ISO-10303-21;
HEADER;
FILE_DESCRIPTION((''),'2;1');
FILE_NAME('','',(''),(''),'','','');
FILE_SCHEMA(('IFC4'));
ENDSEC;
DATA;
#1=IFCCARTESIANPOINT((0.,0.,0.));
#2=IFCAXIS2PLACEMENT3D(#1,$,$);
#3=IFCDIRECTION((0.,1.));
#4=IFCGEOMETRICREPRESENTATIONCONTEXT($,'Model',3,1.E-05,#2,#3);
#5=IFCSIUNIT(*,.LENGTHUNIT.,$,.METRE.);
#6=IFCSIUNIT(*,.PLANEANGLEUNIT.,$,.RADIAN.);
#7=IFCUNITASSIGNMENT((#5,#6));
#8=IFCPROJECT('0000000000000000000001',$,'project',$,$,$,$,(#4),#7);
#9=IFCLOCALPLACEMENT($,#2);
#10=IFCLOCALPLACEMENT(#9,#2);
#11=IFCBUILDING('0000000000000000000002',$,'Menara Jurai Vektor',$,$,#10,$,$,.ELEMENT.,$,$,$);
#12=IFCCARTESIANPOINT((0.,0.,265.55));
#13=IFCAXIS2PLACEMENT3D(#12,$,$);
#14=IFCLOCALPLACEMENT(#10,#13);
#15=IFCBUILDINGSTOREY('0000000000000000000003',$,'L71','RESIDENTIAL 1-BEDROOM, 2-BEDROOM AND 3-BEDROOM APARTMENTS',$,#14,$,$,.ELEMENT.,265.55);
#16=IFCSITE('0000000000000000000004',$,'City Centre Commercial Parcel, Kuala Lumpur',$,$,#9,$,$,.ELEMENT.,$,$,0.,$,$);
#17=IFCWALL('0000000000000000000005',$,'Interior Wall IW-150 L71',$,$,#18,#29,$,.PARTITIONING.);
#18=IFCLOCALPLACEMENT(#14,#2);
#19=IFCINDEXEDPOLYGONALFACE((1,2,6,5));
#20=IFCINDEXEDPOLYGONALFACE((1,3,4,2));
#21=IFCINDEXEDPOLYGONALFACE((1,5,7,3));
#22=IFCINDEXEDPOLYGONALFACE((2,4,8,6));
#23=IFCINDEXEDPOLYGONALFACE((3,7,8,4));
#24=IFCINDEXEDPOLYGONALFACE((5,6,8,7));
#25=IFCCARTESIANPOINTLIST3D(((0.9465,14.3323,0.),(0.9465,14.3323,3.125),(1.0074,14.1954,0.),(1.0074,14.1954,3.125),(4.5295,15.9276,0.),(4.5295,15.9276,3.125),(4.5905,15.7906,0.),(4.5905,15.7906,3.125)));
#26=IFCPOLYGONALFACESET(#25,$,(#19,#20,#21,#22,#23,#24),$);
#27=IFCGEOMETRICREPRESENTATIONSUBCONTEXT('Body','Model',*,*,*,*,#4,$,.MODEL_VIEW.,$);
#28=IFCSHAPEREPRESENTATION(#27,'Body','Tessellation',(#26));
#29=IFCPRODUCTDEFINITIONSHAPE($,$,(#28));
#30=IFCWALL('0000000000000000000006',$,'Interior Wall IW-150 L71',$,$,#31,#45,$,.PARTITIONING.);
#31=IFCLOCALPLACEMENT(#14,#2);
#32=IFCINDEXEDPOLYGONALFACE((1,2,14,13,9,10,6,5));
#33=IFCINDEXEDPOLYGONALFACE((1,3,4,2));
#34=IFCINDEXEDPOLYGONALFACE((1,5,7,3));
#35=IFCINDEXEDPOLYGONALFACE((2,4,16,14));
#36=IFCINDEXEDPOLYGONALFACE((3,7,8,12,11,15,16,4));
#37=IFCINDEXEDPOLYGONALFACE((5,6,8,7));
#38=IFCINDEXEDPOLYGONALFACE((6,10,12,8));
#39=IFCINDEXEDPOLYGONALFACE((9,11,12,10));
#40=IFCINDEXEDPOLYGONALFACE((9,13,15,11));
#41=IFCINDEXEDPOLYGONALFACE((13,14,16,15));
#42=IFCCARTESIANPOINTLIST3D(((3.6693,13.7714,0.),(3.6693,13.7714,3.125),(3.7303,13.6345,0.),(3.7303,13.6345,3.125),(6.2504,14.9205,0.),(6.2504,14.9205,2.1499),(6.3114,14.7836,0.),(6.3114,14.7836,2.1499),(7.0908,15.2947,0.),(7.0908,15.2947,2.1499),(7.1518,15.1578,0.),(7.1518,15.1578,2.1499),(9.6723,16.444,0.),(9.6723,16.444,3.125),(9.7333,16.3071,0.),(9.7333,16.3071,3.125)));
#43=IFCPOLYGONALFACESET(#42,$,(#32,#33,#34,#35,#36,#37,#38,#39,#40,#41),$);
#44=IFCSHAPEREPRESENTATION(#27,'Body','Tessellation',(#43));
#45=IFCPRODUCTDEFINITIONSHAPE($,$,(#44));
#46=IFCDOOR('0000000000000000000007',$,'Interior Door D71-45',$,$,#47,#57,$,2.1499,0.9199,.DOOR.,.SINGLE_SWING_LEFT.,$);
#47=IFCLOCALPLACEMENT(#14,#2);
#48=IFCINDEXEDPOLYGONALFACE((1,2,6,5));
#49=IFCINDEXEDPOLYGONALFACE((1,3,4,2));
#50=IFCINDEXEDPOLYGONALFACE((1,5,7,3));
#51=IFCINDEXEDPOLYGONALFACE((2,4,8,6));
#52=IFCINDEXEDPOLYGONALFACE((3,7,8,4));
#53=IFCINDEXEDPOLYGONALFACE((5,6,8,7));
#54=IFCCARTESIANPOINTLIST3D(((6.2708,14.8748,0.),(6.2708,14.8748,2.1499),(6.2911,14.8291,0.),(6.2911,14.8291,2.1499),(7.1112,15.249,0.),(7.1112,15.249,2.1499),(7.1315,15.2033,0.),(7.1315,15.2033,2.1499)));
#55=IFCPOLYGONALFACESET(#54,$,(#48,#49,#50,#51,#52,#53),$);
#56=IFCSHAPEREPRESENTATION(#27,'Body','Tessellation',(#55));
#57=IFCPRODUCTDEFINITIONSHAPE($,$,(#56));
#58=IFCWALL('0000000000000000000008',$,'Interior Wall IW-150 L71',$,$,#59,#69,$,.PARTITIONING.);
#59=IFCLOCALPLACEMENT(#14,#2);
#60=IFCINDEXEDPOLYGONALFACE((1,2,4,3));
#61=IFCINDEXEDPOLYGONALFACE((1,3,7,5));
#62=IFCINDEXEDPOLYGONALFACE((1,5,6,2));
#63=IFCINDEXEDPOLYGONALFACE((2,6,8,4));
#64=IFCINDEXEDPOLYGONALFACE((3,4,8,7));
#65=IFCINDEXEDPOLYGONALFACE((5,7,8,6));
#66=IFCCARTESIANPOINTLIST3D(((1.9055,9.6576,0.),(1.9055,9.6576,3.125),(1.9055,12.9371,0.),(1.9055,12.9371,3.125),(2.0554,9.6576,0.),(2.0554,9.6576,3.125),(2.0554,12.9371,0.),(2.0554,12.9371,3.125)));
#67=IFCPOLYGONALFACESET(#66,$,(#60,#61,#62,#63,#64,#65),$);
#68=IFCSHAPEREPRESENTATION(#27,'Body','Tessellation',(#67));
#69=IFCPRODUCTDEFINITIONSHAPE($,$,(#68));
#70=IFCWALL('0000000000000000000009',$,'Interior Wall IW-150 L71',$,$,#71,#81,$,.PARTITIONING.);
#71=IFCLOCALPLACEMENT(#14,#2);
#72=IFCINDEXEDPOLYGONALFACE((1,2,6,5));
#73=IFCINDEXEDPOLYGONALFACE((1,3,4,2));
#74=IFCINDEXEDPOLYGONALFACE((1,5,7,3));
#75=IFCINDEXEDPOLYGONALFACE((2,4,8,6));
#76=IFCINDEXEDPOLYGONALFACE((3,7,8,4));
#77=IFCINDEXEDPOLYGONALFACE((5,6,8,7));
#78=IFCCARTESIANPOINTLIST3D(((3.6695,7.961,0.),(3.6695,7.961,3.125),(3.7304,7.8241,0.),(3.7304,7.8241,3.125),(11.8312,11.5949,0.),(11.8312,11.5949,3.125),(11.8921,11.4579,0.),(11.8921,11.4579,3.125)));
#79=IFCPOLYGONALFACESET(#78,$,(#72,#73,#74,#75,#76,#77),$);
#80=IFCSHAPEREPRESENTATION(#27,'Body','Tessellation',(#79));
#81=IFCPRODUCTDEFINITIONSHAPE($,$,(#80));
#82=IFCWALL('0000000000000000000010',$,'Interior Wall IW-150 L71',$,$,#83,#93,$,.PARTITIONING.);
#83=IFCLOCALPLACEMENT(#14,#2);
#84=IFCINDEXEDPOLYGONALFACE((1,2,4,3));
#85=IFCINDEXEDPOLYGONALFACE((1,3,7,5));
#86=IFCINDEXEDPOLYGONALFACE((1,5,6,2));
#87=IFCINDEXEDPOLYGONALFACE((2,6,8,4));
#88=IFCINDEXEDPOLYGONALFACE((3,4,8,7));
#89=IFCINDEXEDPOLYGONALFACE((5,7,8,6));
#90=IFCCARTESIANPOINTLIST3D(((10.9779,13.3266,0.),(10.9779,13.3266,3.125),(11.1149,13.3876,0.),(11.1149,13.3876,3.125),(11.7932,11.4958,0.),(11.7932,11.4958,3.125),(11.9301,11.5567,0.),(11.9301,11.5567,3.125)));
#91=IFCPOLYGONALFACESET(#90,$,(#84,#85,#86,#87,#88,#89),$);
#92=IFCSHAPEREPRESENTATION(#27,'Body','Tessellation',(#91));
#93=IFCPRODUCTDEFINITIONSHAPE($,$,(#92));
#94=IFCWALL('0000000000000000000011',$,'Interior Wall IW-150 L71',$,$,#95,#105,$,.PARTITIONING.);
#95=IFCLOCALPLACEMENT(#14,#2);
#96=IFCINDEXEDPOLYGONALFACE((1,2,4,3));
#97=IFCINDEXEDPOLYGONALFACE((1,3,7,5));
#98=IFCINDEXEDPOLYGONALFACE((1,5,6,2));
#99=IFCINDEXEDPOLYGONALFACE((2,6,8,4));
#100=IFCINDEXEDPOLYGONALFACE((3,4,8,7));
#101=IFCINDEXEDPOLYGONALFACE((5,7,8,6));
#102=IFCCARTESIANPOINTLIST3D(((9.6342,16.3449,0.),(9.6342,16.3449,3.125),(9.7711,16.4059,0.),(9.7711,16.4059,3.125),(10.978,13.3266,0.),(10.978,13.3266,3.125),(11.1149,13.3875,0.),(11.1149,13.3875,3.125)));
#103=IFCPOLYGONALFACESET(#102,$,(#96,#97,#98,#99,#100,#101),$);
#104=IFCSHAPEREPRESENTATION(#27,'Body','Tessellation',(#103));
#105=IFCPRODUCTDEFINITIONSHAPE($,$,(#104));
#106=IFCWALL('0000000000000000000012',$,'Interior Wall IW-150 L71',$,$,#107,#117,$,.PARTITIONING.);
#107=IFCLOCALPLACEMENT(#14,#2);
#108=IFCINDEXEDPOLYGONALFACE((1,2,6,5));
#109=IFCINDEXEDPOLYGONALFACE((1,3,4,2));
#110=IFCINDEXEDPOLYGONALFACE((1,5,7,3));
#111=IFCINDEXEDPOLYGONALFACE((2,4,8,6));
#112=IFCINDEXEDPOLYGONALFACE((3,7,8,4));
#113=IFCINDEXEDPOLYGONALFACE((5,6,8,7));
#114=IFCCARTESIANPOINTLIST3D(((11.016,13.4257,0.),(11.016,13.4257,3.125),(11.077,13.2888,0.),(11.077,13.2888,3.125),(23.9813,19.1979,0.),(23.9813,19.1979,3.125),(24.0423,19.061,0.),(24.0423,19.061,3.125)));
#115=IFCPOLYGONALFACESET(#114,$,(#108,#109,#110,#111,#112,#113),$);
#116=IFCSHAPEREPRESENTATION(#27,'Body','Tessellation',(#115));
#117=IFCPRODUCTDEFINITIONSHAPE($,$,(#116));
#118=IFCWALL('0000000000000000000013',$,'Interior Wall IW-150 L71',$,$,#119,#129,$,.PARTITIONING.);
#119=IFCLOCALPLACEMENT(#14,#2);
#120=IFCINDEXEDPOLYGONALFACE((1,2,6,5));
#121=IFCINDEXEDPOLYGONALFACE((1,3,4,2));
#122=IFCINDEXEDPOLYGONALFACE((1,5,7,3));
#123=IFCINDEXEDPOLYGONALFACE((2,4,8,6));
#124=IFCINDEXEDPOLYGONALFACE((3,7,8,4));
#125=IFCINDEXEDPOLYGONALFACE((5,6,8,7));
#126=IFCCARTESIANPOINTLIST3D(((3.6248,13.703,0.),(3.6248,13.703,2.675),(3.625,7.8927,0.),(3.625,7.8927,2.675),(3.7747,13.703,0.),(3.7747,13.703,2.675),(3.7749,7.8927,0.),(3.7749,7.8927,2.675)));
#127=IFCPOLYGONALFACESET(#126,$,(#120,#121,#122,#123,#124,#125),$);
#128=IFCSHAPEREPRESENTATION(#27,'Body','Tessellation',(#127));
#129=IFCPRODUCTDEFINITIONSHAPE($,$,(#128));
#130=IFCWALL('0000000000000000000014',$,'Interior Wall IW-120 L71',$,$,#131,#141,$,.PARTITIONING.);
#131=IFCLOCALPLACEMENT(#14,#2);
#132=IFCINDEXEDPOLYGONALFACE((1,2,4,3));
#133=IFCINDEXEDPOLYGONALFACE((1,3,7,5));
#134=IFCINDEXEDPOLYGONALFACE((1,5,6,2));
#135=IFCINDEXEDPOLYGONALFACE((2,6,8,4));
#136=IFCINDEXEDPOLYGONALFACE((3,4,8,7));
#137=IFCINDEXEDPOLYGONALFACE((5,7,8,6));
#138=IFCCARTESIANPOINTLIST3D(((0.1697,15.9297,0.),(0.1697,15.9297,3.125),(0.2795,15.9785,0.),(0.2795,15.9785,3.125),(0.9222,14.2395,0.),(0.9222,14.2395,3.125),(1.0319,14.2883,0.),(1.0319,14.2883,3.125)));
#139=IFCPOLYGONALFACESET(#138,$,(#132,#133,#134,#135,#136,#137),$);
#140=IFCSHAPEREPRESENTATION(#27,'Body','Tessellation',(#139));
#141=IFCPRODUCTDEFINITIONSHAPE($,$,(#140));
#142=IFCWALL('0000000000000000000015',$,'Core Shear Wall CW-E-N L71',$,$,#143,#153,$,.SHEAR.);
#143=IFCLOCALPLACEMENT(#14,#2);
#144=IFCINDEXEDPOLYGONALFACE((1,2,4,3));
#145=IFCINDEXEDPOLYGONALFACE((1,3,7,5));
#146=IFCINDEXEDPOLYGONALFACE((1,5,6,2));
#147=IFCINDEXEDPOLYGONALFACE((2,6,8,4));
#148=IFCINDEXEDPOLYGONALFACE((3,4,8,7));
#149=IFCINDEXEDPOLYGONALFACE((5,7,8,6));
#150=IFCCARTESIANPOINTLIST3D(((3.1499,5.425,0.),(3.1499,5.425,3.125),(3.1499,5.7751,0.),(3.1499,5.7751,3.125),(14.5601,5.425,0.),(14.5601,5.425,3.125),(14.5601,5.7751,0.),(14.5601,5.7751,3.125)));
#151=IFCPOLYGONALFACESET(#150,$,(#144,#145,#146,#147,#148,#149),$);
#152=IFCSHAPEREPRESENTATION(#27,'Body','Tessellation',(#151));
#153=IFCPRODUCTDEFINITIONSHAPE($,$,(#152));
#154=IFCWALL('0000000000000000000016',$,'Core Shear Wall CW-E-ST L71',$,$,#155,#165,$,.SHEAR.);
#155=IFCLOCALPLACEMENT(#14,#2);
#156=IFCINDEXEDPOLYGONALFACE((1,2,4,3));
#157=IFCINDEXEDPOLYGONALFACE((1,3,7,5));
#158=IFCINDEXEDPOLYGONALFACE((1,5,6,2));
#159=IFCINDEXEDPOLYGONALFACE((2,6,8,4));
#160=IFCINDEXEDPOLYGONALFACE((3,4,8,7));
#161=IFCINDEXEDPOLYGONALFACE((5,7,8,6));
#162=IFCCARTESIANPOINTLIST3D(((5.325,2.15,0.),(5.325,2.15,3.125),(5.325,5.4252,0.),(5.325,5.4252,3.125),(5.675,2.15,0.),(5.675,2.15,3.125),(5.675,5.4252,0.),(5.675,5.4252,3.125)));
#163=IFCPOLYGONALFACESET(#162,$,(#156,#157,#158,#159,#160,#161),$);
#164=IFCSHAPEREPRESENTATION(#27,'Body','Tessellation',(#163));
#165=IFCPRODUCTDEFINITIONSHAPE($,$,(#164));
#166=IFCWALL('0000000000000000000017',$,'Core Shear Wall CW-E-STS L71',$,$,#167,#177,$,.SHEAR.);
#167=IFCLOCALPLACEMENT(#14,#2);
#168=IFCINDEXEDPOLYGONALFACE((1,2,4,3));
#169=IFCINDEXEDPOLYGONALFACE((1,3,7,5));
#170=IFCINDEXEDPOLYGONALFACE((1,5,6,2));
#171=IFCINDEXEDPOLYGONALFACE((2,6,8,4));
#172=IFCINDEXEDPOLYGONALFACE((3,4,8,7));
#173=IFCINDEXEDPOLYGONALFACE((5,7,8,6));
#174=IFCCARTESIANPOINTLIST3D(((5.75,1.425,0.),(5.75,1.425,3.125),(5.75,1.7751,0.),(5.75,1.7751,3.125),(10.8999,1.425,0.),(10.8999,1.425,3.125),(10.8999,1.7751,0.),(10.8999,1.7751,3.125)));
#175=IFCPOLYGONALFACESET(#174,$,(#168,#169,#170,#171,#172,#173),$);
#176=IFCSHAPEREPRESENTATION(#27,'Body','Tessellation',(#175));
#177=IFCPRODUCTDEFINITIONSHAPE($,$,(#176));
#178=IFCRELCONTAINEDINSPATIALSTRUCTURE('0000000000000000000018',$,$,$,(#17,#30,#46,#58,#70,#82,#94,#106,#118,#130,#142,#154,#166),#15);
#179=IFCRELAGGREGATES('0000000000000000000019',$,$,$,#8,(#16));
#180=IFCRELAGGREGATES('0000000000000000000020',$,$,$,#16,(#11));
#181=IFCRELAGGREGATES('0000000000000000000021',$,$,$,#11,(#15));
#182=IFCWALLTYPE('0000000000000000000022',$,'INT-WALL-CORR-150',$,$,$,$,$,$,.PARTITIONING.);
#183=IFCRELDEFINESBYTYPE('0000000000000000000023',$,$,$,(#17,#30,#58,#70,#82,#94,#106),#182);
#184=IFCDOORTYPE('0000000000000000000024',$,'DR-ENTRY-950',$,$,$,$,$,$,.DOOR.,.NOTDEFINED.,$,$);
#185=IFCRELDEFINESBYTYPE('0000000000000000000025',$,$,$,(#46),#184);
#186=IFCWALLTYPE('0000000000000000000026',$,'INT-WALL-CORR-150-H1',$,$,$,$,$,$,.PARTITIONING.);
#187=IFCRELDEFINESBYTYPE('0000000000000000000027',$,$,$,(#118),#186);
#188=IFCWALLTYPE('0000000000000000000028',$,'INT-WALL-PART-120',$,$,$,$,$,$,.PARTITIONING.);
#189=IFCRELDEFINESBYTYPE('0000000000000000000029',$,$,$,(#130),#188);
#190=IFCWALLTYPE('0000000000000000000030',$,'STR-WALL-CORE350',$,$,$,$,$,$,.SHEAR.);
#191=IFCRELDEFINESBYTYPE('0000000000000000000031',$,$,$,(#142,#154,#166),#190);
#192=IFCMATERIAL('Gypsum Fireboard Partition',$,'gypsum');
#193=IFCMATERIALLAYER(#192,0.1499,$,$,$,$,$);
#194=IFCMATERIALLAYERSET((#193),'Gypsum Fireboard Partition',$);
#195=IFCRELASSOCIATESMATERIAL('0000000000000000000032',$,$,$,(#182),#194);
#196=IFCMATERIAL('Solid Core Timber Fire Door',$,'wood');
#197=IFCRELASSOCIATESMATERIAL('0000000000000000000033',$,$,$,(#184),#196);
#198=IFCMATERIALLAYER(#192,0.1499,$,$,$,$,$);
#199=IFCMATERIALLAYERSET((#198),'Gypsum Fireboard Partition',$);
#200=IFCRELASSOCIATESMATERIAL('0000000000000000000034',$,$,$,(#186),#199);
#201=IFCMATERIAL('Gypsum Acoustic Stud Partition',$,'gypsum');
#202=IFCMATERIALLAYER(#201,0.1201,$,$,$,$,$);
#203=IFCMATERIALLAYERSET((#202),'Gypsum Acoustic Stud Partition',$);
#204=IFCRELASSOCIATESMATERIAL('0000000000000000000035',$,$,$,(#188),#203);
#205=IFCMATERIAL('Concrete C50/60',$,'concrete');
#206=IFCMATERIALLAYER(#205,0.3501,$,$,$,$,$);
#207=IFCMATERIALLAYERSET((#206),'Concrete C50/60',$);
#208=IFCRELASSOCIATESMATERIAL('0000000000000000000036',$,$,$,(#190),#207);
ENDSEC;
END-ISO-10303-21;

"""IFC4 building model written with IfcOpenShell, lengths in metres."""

from ifc_helpers import new_model, si_unit, direction, frame, frame_2d, origin, place, context, subcontext, project, spatial, rectangle, extrude, material, layer, layer_set, type_object, element, fill, save


model = new_model("IFC4")

# Units and contexts
model_context = context("Model", 3, precision=1e-05, world=origin(), true_north=direction((0.0, 1.0)))
body_context = subcontext(model_context, "Body", "Model", "MODEL_VIEW")
ifc_project = project(units=[si_unit("LENGTHUNIT", "METRE"), si_unit("PLANEANGLEUNIT", "RADIAN")], contexts=[model_context])

# Site, building, storey
site_placement = place(None, origin())
site = spatial("IfcSite", under=ifc_project, at=site_placement, Name="City Centre Commercial Parcel, Kuala Lumpur", CompositionType="ELEMENT", RefElevation=0.0)
building_placement = place(site_placement, origin())
building = spatial("IfcBuilding", under=site, at=building_placement, Name="Menara Jurai Vektor", CompositionType="ELEMENT")
storey_placement = place(building_placement, frame((0.0, 0.0, 265.55)))
storey = spatial("IfcBuildingStorey", under=building, at=storey_placement, Name="L71", Description="RESIDENTIAL 1-BEDROOM, 2-BEDROOM AND 3-BEDROOM APARTMENTS", CompositionType="ELEMENT", Elevation=265.55)

# Shared definitions
ifc_material_1 = material(Name="Concrete C50/60", Category="concrete")

# Wall
ifc_material_2 = material(Name="Gypsum Fireboard Partition", Category="gypsum")
ifc_layer_1 = layer(ifc_material_2, 0.1499)
ifc_layer_set_1 = layer_set([ifc_layer_1], Name="Gypsum Fireboard Partition")
wall_type_1 = type_object("IfcWallType", Name="INT-WALL-CORR-150", PredefinedType="PARTITIONING", material=ifc_layer_set_1)
wall_1_placement = place(storey_placement, frame((0.9771, 14.2639, 0.0), z_axis=(0.0, 0.0, 1.0), x_axis=(0.91355, 0.406727, 0.0)))
element("IfcWall", 1, at=wall_1_placement, inside=storey, type_object=wall_type_1, Name="Interior Wall IW-150 L71", PredefinedType="PARTITIONING", context=body_context, shape_type="SweptSolid", body=[
    extrude(rectangle(XDim=3.9221, YDim=0.1499, at=frame_2d((1.9609, 0.0))), origin(), (0.0, 0.0, 1.0), 3.125),
])

# Wall, opening, door
ifc_material_3 = material(Name="Solid Core Timber Fire Door", Category="wood")
door_type_1 = type_object("IfcDoorType", Name="DR-ENTRY-950", OperationType="NOTDEFINED", PredefinedType="DOOR", material=ifc_material_3)
wall_2_placement = place(storey_placement, frame((3.6997, 13.7029, 0.0), z_axis=(0.0, 0.0, 1.0), x_axis=(0.913549, 0.406728, 0.0)))
wall_2 = element("IfcWall", 2, at=wall_2_placement, inside=storey, type_object=wall_type_1, Name="Interior Wall IW-150 L71", PredefinedType="PARTITIONING", context=body_context, shape_type="SweptSolid", body=[
    extrude(rectangle(XDim=6.571, YDim=0.1499, at=frame_2d((3.2856, 0.0))), origin(), (0.0, 0.0, 1.0), 3.125),
])
opening_1_placement = place(wall_2_placement, frame((2.8254, 0.0, 0.0)))
opening_1 = element("IfcOpeningElement", 3, at=opening_1_placement, cuts=wall_2, PredefinedType="OPENING", context=body_context, shape_type="SweptSolid", body=[
    extrude(rectangle(XDim=0.9199, YDim=2.1499, at=frame_2d((0.46, 1.075))), frame((0.0, 0.085, 0.0), z_axis=(0.0, -1.0, 0.0), x_axis=(1.0, 0.0, 0.0)), (0.0, 0.0, 1.0), 0.1699),
])
door_1_placement = place(opening_1_placement, origin())
door_1 = element("IfcDoor", 4, at=door_1_placement, inside=storey, type_object=door_type_1, Name="Interior Door D71-45", OperationType="SINGLE_SWING_LEFT", OverallHeight=2.1499, OverallWidth=0.9199, PredefinedType="DOOR", context=body_context, shape_type="SweptSolid", body=[
    extrude(rectangle(XDim=0.9199, YDim=2.1499, at=frame_2d((0.46, 1.075))), frame((0.0, 0.0249, 0.0), z_axis=(0.0, -1.0, 0.0), x_axis=(1.0, 0.0, 0.0)), (0.0, 0.0, 1.0), 0.05),
])
fill(opening_1, door_1)

# Walls
wall_3_placement = place(storey_placement, frame((1.9805, 9.6577, 0.0), z_axis=(0.0, 0.0, 1.0), x_axis=(0.0, 1.0, 0.0)))
element("IfcWall", 5, at=wall_3_placement, inside=storey, type_object=wall_type_1, Name="Interior Wall IW-150 L71", PredefinedType="PARTITIONING", context=body_context, shape_type="SweptSolid", body=[
    extrude(rectangle(XDim=3.2795, YDim=0.1499, at=frame_2d((1.6396, 0.0))), origin(), (0.0, 0.0, 1.0), 3.125),
])
wall_4_placement = place(storey_placement, frame((3.7, 7.8926, 0.0), z_axis=(0.0, 0.0, 1.0), x_axis=(0.913545, 0.406737, 0.0)))
element("IfcWall", 6, at=wall_4_placement, inside=storey, type_object=wall_type_1, Name="Interior Wall IW-150 L71", PredefinedType="PARTITIONING", context=body_context, shape_type="SweptSolid", body=[
    extrude(rectangle(XDim=8.9341, YDim=0.1499, at=frame_2d((4.467, 0.0))), origin(), (0.0, 0.0, 1.0), 3.125),
])
wall_5_placement = place(storey_placement, frame((11.8616, 11.5264, 0.0), z_axis=(0.0, 0.0, 1.0), x_axis=(-0.40676, 0.913535, 0.0)))
element("IfcWall", 7, at=wall_5_placement, inside=storey, type_object=wall_type_1, Name="Interior Wall IW-150 L71", PredefinedType="PARTITIONING", context=body_context, shape_type="SweptSolid", body=[
    extrude(rectangle(XDim=2.0042, YDim=0.1499, at=frame_2d((1.002, 0.0))), origin(), (0.0, 0.0, 1.0), 3.125),
])
wall_6_placement = place(storey_placement, frame((11.0464, 13.3572, 0.0), z_axis=(0.0, 0.0, 1.0), x_axis=(-0.406714, 0.913555, 0.0)))
element("IfcWall", 8, at=wall_6_placement, inside=storey, type_object=wall_type_1, Name="Interior Wall IW-150 L71", PredefinedType="PARTITIONING", context=body_context, shape_type="SweptSolid", body=[
    extrude(rectangle(XDim=3.304, YDim=0.1499, at=frame_2d((1.6519, 0.0))), origin(), (0.0, 0.0, 1.0), 3.125),
])
wall_7_placement = place(storey_placement, frame((11.0464, 13.3572, 0.0), z_axis=(0.0, 0.0, 1.0), x_axis=(0.913554, 0.406718, 0.0)))
element("IfcWall", 9, at=wall_7_placement, inside=storey, type_object=wall_type_1, Name="Interior Wall IW-150 L71", PredefinedType="PARTITIONING", context=body_context, shape_type="SweptSolid", body=[
    extrude(rectangle(XDim=14.1921, YDim=0.1499, at=frame_2d((7.0962, 0.0))), origin(), (0.0, 0.0, 1.0), 3.125),
])
ifc_layer_2 = layer(ifc_material_2, 0.1499)
ifc_layer_set_2 = layer_set([ifc_layer_2], Name="Gypsum Fireboard Partition")
wall_type_2 = type_object("IfcWallType", Name="INT-WALL-CORR-150-H1", PredefinedType="PARTITIONING", material=ifc_layer_set_2)
wall_8_placement = place(storey_placement, frame((3.7, 7.8926, 0.0), z_axis=(0.0, 0.0, 1.0), x_axis=(-0.000042, 1.0, 0.0)))
element("IfcWall", 10, at=wall_8_placement, inside=storey, type_object=wall_type_2, Name="Interior Wall IW-150 L71", PredefinedType="PARTITIONING", context=body_context, shape_type="SweptSolid", body=[
    extrude(rectangle(XDim=5.8103, YDim=0.1499, at=frame_2d((2.9053, 0.0))), origin(), (0.0, 0.0, 1.0), 2.675),
])
ifc_material_4 = material(Name="Gypsum Acoustic Stud Partition", Category="gypsum")
ifc_layer_3 = layer(ifc_material_4, 0.1201)
ifc_layer_set_3 = layer_set([ifc_layer_3], Name="Gypsum Acoustic Stud Partition")
wall_type_3 = type_object("IfcWallType", Name="INT-WALL-PART-120", PredefinedType="PARTITIONING", material=ifc_layer_set_3)
wall_9_placement = place(storey_placement, frame((0.9771, 14.2639, 0.0), z_axis=(0.0, 0.0, 1.0), x_axis=(-0.406702, 0.913561, 0.0)))
element("IfcWall", 11, at=wall_9_placement, inside=storey, type_object=wall_type_3, Name="Interior Wall IW-120 L71", PredefinedType="PARTITIONING", context=body_context, shape_type="SweptSolid", body=[
    extrude(rectangle(XDim=1.8501, YDim=0.1201, at=frame_2d((0.925, 0.0))), origin(), (0.0, 0.0, 1.0), 3.125),
])
ifc_layer_4 = layer(ifc_material_1, 0.3501)
ifc_layer_set_4 = layer_set([ifc_layer_4], Name="Concrete C50/60")
wall_type_4 = type_object("IfcWallType", Name="STR-WALL-CORE350", PredefinedType="SHEAR", material=ifc_layer_set_4)
wall_10_placement = place(storey_placement, frame((3.1499, 5.6001, 0.0), z_axis=(0.0, 0.0, 1.0), x_axis=(1.0, 0.0, 0.0)))
element("IfcWall", 12, at=wall_10_placement, inside=storey, type_object=wall_type_4, Name="Core Shear Wall CW-E-N L71", PredefinedType="SHEAR", context=body_context, shape_type="SweptSolid", body=[
    extrude(rectangle(XDim=11.4102, YDim=0.3501, at=frame_2d((5.7051, 0.0))), origin(), (0.0, 0.0, 1.0), 3.125),
])
wall_11_placement = place(storey_placement, frame((5.5, 2.1499, 0.0), z_axis=(0.0, 0.0, 1.0), x_axis=(0.0, 1.0, 0.0)))
element("IfcWall", 13, at=wall_11_placement, inside=storey, type_object=wall_type_4, Name="Core Shear Wall CW-E-ST L71", PredefinedType="SHEAR", context=body_context, shape_type="SweptSolid", body=[
    extrude(rectangle(XDim=3.2751, YDim=0.3501, at=frame_2d((1.6377, 0.0))), origin(), (0.0, 0.0, 1.0), 3.125),
])
wall_12_placement = place(storey_placement, frame((5.75, 1.6001, 0.0), z_axis=(0.0, 0.0, 1.0), x_axis=(1.0, 0.0, 0.0)))
element("IfcWall", 14, at=wall_12_placement, inside=storey, type_object=wall_type_4, Name="Core Shear Wall CW-E-STS L71", PredefinedType="SHEAR", context=body_context, shape_type="SweptSolid", body=[
    extrude(rectangle(XDim=5.1499, YDim=0.3501, at=frame_2d((2.575, 0.0))), origin(), (0.0, 0.0, 1.0), 3.125),
])

save(model, "model.ifc")
